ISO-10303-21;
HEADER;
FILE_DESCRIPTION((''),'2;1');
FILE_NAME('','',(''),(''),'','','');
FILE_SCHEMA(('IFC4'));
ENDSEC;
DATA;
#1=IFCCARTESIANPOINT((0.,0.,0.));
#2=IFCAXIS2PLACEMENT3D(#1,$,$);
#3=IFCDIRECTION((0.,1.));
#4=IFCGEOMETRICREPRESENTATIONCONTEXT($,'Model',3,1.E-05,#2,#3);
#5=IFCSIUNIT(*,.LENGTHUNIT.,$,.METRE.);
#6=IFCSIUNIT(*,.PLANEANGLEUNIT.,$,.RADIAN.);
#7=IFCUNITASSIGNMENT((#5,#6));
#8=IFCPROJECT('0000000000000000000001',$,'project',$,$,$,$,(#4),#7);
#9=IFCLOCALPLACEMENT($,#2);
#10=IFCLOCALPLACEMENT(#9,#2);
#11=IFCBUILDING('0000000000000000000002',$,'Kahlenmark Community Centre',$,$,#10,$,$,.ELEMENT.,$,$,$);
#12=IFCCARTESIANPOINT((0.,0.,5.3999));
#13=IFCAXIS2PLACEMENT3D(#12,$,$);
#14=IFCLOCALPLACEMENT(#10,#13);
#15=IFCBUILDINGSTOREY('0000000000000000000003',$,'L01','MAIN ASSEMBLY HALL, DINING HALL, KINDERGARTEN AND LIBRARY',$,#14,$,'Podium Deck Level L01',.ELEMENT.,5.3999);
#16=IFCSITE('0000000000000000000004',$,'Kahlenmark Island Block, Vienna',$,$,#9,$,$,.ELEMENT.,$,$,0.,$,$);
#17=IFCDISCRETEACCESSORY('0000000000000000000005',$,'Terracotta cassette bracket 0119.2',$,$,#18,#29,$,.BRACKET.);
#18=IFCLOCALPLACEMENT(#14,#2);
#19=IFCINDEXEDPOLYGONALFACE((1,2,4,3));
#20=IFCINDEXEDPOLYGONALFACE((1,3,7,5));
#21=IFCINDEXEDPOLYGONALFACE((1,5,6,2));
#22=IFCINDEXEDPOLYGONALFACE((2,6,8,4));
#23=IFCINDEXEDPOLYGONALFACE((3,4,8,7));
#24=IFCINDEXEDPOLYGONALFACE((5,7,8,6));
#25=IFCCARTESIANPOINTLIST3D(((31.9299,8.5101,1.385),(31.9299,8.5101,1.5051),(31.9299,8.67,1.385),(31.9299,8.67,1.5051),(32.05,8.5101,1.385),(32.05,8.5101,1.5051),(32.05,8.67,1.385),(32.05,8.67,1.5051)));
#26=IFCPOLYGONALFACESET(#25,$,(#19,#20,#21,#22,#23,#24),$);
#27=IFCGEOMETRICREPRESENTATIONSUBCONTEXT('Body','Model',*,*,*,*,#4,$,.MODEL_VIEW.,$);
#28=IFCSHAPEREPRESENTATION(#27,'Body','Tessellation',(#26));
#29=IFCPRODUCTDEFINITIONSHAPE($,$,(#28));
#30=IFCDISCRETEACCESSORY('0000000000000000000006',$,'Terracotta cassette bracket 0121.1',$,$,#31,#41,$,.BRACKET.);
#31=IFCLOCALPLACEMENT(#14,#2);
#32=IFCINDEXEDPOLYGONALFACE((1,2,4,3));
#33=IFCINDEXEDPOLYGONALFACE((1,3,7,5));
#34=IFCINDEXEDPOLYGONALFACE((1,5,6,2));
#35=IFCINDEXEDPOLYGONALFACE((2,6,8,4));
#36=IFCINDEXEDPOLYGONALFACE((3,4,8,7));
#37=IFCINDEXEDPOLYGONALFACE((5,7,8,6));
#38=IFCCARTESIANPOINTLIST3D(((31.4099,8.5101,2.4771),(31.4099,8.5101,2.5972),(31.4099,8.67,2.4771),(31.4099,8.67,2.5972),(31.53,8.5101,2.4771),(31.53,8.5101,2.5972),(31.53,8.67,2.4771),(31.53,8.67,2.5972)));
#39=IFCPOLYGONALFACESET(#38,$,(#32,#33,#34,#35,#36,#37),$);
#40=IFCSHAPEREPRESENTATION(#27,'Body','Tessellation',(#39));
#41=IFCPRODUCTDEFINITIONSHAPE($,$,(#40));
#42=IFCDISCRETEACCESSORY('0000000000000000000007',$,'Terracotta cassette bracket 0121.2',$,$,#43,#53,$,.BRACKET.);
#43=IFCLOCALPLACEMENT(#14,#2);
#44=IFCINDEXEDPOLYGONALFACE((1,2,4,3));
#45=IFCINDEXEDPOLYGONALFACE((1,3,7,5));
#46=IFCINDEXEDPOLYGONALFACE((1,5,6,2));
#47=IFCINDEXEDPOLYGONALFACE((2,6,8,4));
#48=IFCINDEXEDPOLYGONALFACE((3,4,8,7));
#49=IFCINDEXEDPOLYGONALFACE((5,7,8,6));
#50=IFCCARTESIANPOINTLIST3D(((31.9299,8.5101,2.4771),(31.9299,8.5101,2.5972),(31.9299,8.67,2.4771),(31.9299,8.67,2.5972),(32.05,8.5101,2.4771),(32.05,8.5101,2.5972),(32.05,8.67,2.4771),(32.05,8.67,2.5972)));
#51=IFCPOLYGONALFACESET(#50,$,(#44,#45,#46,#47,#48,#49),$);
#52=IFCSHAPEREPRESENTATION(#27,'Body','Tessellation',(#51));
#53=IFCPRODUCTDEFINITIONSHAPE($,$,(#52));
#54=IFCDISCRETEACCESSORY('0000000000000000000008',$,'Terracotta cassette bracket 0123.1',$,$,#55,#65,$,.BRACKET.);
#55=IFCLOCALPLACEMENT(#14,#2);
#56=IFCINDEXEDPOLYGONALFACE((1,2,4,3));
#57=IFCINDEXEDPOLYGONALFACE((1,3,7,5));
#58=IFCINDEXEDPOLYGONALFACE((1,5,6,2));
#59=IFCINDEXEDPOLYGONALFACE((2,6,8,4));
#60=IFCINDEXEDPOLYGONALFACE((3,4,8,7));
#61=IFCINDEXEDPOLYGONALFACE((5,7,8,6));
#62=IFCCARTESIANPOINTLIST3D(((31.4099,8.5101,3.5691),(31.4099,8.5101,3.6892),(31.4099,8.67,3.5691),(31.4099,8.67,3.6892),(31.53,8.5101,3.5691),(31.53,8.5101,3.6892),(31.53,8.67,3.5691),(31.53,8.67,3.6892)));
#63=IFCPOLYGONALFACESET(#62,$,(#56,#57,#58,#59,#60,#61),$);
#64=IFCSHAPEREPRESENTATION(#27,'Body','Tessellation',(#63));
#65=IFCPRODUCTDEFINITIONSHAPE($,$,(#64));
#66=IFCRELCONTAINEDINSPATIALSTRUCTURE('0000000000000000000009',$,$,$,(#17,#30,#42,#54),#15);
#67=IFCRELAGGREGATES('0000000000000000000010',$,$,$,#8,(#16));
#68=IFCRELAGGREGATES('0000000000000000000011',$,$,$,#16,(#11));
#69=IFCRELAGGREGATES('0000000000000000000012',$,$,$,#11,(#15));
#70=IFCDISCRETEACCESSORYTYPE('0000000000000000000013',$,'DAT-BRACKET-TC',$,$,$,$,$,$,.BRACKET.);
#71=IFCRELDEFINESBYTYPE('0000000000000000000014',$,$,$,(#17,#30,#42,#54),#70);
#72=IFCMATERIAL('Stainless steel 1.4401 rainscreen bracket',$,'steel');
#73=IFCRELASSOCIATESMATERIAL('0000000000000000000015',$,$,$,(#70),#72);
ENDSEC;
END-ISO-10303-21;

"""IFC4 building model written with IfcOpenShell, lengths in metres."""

from ifc_helpers import new_model, si_unit, direction, frame, origin, origin_2d, place, context, subcontext, project, spatial, rectangle, extrude, material, type_object, element, save


model = new_model("IFC4")

# Units and contexts
model_context = context("Model", 3, precision=1e-05, world=origin(), true_north=direction((0.0, 1.0)))
body_context = subcontext(model_context, "Body", "Model", "MODEL_VIEW")
ifc_project = project(units=[si_unit("LENGTHUNIT", "METRE"), si_unit("PLANEANGLEUNIT", "RADIAN")], contexts=[model_context])

# Site, building, storey
site_placement = place(None, origin())
site = spatial("IfcSite", under=ifc_project, at=site_placement, Name="Kahlenmark Island Block, Vienna", CompositionType="ELEMENT", RefElevation=0.0)
building_placement = place(site_placement, origin())
building = spatial("IfcBuilding", under=site, at=building_placement, Name="Kahlenmark Community Centre", CompositionType="ELEMENT")
storey_placement = place(building_placement, frame((0.0, 0.0, 5.3999)))
storey = spatial("IfcBuildingStorey", under=building, at=storey_placement, Name="L01", Description="MAIN ASSEMBLY HALL, DINING HALL, KINDERGARTEN AND LIBRARY", LongName="Podium Deck Level L01", CompositionType="ELEMENT", Elevation=5.3999)

# Discrete accessories
ifc_material_1 = material(Name="Stainless steel 1.4401 rainscreen bracket", Category="steel")
discrete_accessory_type = type_object("IfcDiscreteAccessoryType", Name="DAT-BRACKET-TC", PredefinedType="BRACKET", material=ifc_material_1)
for number, where, z_axis, x_axis, name in (
    (1, (31.99, 8.5901, 1.385), (0.0, 0.0, 1.0), (1.0, 0.0, 0.0), "Terracotta cassette bracket 0119.2"),
    (2, (31.47, 8.5901, 2.4771), (0.0, 0.0, 1.0), (1.0, 0.0, 0.0), "Terracotta cassette bracket 0121.1"),
    (3, (31.99, 8.5901, 2.4771), (0.0, 0.0, 1.0), (1.0, 0.0, 0.0), "Terracotta cassette bracket 0121.2"),
    (4, (31.47, 8.5901, 3.5691), (0.0, 0.0, 1.0), (1.0, 0.0, 0.0), "Terracotta cassette bracket 0123.1"),
):
    element("IfcDiscreteAccessory", number, at=place(storey_placement, frame(where, z_axis=z_axis, x_axis=x_axis)), inside=storey, type_object=discrete_accessory_type, Name=name, PredefinedType="BRACKET", context=body_context, shape_type="SweptSolid", body=[
        extrude(rectangle(XDim=0.1201, YDim=0.1599, at=origin_2d()), origin(), (0.0, 0.0, 1.0), 0.1201),
    ])

save(model, "model.ifc")
